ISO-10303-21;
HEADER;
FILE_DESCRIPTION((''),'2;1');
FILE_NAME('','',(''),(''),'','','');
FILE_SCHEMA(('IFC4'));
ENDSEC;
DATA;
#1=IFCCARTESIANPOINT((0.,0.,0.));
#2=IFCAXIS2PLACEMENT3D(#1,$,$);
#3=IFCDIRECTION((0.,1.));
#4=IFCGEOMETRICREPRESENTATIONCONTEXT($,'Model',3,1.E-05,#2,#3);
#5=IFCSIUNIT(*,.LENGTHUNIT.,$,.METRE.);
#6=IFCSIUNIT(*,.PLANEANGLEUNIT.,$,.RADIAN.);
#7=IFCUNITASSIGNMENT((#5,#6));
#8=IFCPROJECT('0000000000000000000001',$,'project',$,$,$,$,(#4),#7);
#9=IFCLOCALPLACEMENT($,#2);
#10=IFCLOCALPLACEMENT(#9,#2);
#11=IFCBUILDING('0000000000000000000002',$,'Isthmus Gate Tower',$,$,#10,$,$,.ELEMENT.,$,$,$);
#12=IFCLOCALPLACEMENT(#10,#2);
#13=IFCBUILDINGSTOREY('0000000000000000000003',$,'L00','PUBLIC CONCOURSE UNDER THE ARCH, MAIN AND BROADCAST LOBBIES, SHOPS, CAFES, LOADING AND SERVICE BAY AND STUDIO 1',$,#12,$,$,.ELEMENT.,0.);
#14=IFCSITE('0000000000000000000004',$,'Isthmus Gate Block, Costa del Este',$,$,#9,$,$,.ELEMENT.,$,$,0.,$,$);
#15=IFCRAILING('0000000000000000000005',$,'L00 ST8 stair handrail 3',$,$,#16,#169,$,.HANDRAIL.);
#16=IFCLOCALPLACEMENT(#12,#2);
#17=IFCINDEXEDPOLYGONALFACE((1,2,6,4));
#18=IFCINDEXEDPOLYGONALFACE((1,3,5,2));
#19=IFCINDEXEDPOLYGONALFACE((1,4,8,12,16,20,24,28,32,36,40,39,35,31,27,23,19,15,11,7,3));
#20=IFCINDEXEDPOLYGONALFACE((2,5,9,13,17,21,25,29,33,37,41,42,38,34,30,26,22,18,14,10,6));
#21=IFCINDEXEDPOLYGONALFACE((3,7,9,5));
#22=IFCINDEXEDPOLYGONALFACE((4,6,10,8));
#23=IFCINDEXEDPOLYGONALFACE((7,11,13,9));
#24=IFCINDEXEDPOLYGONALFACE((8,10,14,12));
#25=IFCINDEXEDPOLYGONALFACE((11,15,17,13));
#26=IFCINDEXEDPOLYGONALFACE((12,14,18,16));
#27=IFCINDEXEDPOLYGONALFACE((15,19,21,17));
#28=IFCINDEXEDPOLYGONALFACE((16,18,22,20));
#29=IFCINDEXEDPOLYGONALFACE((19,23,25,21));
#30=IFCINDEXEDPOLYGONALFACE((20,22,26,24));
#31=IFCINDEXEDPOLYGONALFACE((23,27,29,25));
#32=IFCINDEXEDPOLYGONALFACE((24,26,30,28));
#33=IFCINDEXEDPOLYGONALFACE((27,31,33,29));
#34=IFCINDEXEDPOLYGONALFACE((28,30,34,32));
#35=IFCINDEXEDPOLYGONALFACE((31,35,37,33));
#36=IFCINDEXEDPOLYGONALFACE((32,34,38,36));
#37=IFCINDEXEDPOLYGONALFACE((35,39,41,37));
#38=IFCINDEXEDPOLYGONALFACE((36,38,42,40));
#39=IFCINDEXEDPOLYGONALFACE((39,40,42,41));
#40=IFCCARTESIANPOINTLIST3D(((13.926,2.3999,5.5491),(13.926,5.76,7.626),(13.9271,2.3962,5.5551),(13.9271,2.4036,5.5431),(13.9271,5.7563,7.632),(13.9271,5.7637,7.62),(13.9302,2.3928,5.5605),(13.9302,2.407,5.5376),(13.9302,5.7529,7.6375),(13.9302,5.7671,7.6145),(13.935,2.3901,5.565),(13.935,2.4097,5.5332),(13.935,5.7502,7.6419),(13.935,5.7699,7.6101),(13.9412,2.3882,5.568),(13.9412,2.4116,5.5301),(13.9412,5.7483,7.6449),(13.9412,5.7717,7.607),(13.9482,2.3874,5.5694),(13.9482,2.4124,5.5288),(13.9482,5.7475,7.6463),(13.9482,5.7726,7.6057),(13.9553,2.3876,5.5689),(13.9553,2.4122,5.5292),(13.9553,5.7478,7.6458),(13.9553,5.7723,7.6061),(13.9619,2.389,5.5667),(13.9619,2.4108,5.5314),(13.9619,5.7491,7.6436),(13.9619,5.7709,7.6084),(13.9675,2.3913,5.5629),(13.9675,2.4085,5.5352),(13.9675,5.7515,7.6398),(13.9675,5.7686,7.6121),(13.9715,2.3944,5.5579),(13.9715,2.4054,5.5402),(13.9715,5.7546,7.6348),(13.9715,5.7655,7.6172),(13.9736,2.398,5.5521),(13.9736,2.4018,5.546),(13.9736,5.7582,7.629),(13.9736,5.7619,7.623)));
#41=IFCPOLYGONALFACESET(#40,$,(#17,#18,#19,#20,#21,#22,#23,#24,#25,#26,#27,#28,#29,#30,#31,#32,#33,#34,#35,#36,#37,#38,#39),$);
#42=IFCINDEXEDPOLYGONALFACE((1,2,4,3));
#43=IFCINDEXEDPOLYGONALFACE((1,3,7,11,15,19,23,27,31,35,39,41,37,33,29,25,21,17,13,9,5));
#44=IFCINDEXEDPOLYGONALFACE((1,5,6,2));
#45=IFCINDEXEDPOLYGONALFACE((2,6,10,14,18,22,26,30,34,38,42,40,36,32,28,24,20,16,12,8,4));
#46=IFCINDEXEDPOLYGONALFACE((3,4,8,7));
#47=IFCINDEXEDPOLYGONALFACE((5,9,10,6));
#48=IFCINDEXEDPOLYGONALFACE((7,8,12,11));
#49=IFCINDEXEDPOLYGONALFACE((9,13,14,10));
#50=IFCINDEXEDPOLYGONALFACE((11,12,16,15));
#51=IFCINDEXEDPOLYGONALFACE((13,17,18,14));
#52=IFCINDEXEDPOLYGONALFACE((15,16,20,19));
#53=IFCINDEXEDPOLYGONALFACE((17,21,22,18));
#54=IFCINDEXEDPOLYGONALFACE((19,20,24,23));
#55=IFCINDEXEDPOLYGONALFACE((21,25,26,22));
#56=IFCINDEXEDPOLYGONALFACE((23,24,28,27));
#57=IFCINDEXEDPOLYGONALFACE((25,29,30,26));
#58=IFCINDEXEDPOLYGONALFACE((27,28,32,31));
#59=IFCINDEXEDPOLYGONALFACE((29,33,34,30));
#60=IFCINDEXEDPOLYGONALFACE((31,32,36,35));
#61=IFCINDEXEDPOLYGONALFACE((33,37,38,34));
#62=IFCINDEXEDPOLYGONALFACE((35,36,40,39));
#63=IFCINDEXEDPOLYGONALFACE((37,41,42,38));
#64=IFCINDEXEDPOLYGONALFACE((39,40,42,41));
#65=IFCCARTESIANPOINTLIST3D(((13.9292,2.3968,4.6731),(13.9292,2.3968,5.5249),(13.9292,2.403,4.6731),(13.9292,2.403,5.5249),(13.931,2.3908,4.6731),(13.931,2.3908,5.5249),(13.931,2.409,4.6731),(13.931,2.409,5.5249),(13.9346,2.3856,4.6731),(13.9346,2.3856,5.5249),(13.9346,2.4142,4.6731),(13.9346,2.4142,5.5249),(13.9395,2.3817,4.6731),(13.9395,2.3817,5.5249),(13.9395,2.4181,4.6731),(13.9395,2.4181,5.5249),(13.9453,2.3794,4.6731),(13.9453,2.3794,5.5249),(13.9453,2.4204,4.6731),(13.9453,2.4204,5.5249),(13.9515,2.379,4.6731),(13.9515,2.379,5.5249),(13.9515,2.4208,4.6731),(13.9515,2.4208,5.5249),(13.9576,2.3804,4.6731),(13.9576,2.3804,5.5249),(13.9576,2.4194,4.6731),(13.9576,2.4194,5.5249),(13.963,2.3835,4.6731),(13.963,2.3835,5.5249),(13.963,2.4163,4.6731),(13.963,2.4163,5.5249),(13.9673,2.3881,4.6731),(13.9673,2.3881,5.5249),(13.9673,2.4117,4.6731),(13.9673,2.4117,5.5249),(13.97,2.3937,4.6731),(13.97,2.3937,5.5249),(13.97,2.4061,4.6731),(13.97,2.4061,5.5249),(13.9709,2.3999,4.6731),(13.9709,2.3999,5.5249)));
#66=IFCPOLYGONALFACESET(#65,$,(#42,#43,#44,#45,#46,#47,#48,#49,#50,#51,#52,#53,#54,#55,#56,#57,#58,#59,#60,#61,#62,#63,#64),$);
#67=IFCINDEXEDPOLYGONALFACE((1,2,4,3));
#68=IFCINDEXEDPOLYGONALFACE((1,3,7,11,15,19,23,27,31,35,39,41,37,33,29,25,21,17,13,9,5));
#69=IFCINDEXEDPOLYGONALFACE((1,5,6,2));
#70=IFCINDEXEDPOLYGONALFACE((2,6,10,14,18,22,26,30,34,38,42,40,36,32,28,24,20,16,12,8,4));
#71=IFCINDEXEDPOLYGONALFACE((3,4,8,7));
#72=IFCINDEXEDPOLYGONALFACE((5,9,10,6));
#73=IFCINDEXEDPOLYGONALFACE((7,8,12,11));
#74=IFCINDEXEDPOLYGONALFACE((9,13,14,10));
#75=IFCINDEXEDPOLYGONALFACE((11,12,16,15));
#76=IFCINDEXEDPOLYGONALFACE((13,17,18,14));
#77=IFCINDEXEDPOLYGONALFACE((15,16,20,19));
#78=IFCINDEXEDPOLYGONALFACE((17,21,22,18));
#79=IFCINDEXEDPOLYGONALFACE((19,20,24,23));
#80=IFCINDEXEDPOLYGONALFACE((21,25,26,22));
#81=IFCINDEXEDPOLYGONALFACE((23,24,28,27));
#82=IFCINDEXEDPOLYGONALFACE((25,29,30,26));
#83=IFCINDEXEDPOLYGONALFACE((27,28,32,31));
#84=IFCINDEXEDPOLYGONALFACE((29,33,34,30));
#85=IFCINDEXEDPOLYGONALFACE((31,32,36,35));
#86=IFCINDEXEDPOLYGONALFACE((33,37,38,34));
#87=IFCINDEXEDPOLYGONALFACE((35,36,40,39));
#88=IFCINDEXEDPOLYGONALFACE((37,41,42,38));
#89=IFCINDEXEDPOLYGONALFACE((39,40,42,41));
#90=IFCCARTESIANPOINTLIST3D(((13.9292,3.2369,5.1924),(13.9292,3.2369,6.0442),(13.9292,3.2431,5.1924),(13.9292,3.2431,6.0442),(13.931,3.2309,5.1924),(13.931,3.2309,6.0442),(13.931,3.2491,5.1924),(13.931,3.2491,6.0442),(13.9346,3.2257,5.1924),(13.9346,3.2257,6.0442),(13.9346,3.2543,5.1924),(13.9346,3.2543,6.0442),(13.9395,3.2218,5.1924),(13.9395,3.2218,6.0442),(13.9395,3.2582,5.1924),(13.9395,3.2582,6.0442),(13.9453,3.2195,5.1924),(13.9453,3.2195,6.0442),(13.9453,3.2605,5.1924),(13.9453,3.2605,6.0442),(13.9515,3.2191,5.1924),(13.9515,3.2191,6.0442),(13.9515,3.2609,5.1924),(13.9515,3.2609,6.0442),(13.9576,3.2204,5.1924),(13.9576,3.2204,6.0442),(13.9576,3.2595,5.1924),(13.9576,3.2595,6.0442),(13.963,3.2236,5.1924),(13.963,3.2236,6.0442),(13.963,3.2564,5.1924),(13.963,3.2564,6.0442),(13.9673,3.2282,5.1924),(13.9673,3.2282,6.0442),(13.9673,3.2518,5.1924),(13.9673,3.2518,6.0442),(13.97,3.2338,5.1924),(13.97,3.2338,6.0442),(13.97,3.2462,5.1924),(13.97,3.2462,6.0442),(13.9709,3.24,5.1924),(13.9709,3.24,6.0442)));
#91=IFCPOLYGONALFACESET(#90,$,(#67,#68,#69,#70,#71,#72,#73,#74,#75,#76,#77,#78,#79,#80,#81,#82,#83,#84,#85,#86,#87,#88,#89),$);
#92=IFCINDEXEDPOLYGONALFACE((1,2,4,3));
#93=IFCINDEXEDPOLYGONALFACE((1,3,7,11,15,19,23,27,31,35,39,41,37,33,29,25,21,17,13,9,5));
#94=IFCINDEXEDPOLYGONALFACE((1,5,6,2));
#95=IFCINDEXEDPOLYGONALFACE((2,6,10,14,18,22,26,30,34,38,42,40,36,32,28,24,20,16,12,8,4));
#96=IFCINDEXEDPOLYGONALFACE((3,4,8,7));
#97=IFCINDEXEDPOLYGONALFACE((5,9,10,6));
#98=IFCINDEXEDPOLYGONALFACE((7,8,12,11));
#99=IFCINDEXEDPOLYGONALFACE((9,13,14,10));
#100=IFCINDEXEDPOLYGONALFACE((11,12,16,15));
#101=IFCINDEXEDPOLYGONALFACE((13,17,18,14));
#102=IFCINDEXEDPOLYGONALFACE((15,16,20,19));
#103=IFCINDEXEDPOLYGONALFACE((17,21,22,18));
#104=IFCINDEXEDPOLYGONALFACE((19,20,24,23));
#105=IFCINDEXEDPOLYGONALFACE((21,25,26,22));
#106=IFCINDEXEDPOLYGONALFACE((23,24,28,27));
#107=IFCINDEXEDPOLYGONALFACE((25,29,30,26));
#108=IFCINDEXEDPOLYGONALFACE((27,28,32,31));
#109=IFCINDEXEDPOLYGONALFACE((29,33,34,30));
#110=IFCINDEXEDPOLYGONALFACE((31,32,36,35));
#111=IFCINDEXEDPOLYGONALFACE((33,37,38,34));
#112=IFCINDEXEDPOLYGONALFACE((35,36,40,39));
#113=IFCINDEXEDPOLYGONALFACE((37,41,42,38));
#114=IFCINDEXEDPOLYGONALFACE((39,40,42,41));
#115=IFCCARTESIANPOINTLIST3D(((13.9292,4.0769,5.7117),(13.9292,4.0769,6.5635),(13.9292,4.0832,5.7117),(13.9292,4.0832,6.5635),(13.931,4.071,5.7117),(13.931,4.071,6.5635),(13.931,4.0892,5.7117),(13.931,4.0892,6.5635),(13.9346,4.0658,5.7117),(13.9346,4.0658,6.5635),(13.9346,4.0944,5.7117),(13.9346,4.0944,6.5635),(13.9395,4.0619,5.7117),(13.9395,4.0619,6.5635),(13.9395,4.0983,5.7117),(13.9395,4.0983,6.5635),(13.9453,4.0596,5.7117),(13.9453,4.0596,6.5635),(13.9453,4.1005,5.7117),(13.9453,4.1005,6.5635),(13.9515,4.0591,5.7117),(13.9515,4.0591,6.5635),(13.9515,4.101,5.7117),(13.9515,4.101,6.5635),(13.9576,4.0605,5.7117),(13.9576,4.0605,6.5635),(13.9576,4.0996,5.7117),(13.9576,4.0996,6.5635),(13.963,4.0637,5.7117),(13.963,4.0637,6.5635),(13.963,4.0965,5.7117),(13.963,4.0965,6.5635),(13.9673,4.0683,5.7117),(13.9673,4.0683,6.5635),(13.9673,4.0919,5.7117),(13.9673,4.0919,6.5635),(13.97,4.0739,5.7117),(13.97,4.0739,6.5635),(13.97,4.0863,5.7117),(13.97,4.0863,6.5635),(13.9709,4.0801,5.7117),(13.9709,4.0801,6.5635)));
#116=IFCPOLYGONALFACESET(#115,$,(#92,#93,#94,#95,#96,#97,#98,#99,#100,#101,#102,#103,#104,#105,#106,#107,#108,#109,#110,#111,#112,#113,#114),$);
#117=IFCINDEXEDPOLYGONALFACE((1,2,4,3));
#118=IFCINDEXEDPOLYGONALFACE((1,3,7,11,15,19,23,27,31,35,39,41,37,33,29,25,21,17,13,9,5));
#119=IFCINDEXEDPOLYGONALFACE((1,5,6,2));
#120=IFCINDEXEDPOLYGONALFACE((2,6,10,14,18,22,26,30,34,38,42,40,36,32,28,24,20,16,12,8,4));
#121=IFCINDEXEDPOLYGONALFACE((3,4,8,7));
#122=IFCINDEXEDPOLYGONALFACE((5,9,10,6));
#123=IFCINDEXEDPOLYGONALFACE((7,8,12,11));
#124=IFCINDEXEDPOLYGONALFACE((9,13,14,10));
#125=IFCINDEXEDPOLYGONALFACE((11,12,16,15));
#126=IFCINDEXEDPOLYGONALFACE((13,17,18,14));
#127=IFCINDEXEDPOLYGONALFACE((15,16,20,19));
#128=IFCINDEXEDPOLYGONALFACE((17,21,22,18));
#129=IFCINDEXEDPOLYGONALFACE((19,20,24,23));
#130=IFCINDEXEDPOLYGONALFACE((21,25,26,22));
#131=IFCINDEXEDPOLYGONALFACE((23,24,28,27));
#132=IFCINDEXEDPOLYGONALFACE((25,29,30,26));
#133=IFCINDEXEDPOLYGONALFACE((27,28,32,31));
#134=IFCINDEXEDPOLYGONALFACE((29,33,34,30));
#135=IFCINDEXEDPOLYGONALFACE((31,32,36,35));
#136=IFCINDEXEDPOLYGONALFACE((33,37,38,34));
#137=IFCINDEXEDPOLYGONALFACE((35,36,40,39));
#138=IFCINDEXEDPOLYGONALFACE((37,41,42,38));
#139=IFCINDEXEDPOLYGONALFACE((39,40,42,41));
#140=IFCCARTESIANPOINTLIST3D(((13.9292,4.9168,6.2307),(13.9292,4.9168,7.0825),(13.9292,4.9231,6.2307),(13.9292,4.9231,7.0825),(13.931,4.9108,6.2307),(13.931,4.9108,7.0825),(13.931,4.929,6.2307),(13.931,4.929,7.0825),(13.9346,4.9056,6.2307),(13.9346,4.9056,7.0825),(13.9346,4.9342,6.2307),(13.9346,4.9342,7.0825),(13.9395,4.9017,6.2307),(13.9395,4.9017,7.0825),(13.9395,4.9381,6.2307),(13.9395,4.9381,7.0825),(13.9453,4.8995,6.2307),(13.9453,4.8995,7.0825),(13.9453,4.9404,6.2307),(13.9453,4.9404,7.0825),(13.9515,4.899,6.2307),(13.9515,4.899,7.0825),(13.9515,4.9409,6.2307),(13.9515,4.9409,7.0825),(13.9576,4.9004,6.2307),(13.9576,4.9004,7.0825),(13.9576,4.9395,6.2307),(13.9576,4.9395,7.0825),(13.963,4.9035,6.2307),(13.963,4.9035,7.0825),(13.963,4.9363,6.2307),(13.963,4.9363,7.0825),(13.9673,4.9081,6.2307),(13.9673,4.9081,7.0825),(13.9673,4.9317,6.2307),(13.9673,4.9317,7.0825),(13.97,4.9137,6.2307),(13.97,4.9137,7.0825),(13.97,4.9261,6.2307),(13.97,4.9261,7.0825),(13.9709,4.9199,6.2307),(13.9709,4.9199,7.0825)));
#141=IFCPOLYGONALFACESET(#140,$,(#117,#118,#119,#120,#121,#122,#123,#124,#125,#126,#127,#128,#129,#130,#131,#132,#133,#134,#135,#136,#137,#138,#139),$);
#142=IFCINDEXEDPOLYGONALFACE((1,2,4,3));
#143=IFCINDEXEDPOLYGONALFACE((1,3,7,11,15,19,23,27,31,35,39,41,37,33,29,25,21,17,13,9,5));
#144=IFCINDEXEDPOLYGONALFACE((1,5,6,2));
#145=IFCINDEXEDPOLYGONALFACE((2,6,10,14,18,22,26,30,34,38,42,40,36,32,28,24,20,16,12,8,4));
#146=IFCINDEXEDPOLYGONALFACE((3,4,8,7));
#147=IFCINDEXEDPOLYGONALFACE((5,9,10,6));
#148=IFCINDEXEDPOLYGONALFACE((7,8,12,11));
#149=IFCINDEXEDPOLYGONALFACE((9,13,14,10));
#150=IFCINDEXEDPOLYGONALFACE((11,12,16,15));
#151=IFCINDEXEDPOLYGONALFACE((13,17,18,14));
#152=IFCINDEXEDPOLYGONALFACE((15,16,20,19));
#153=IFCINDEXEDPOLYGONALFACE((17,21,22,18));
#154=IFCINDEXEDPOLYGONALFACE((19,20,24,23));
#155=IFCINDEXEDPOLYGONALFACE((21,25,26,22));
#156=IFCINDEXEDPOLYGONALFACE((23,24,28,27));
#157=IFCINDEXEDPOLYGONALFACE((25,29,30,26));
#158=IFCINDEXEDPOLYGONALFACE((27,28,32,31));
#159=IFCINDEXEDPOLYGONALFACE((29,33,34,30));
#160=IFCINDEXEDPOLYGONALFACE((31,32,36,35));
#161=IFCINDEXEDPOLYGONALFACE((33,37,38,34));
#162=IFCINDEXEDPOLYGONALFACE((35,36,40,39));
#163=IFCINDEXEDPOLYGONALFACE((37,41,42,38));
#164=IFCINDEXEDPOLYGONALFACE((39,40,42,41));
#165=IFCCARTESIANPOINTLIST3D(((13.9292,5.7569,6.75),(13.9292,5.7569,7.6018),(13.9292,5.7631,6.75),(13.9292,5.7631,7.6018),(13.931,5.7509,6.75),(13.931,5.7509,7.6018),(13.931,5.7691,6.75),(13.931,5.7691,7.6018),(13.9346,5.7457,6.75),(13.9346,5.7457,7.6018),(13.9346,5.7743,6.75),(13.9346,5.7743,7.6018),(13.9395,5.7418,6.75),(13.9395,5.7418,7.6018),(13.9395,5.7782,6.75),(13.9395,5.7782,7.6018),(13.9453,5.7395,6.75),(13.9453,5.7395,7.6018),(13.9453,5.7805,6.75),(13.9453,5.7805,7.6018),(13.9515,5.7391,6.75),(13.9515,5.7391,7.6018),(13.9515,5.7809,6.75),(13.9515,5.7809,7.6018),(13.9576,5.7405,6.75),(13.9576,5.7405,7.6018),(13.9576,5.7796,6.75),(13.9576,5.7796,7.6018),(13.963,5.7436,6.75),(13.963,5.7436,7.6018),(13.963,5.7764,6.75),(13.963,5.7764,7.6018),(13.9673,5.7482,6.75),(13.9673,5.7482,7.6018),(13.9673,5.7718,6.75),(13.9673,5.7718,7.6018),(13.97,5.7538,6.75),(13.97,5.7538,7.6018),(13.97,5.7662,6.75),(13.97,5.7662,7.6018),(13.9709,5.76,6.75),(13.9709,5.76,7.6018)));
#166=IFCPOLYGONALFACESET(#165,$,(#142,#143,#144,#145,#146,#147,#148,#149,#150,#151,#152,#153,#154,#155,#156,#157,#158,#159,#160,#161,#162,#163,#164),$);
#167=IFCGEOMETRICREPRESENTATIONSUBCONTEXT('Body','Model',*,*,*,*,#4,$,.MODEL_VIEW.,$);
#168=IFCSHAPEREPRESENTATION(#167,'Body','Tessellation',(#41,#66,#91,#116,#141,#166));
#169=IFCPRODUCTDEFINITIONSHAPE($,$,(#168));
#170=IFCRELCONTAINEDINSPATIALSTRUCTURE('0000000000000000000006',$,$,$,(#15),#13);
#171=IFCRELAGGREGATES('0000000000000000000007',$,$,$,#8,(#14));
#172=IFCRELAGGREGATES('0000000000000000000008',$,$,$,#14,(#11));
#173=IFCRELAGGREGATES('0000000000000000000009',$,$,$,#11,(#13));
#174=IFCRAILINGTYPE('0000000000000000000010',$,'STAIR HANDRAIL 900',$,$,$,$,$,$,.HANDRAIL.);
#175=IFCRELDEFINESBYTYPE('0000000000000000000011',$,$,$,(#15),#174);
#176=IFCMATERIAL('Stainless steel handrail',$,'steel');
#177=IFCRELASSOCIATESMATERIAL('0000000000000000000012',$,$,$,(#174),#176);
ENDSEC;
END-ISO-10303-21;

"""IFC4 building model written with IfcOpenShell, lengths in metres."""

from ifc_helpers import new_model, si_unit, direction, frame, origin, origin_2d, place, context, subcontext, project, spatial, circle, extrude, material, type_object, element, save


model = new_model("IFC4")

# Units and contexts
model_context = context("Model", 3, precision=1e-05, world=origin(), true_north=direction((0.0, 1.0)))
body_context = subcontext(model_context, "Body", "Model", "MODEL_VIEW")
ifc_project = project(units=[si_unit("LENGTHUNIT", "METRE"), si_unit("PLANEANGLEUNIT", "RADIAN")], contexts=[model_context])

# Site, building, storey
site_placement = place(None, origin())
site = spatial("IfcSite", under=ifc_project, at=site_placement, Name="Isthmus Gate Block, Costa del Este", CompositionType="ELEMENT", RefElevation=0.0)
building_placement = place(site_placement, origin())
building = spatial("IfcBuilding", under=site, at=building_placement, Name="Isthmus Gate Tower", CompositionType="ELEMENT")
storey_placement = place(building_placement, origin())
storey = spatial("IfcBuildingStorey", under=building, at=storey_placement, Name="L00", Description="PUBLIC CONCOURSE UNDER THE ARCH, MAIN AND BROADCAST LOBBIES, SHOPS, CAFES, LOADING AND SERVICE BAY AND STUDIO 1", CompositionType="ELEMENT", Elevation=0.0)

# Railing
ifc_material_1 = material(Name="Stainless steel handrail", Category="steel")
railing_type_1 = type_object("IfcRailingType", Name="STAIR HANDRAIL 900", PredefinedType="HANDRAIL", material=ifc_material_1)
for number, where, name in (
    (1, (13.95, 2.3999, 4.6731), "L00 ST8 stair handrail 3"),
):
    element("IfcRailing", number, at=place(storey_placement, frame(where)), inside=storey, type_object=railing_type_1, Name=name, PredefinedType="HANDRAIL", context=body_context, shape_type="SweptSolid", body=[
        extrude(circle(Radius=0.0239, at=origin_2d()), frame((0.0, 0.0, 0.876), z_axis=(0.0, 0.850623, 0.525776), x_axis=(-1.0, 0.0, 0.0)), (0.0, 0.0, 1.0), 3.9502),
        extrude(circle(Radius=0.021, at=origin_2d()), origin(), (0.0, 0.0, 1.0), 0.8518),
        extrude(circle(Radius=0.021, at=origin_2d()), frame((0.0, 0.8401, 0.5193)), (0.0, 0.0, 1.0), 0.8518),
        extrude(circle(Radius=0.021, at=origin_2d()), frame((0.0, 1.6802, 1.0386)), (0.0, 0.0, 1.0), 0.8518),
        extrude(circle(Radius=0.021, at=origin_2d()), frame((0.0, 2.52, 1.5576)), (0.0, 0.0, 1.0), 0.8518),
        extrude(circle(Radius=0.021, at=origin_2d()), frame((0.0, 3.3601, 2.0769)), (0.0, 0.0, 1.0), 0.8518),
    ])

save(model, "model.ifc")
